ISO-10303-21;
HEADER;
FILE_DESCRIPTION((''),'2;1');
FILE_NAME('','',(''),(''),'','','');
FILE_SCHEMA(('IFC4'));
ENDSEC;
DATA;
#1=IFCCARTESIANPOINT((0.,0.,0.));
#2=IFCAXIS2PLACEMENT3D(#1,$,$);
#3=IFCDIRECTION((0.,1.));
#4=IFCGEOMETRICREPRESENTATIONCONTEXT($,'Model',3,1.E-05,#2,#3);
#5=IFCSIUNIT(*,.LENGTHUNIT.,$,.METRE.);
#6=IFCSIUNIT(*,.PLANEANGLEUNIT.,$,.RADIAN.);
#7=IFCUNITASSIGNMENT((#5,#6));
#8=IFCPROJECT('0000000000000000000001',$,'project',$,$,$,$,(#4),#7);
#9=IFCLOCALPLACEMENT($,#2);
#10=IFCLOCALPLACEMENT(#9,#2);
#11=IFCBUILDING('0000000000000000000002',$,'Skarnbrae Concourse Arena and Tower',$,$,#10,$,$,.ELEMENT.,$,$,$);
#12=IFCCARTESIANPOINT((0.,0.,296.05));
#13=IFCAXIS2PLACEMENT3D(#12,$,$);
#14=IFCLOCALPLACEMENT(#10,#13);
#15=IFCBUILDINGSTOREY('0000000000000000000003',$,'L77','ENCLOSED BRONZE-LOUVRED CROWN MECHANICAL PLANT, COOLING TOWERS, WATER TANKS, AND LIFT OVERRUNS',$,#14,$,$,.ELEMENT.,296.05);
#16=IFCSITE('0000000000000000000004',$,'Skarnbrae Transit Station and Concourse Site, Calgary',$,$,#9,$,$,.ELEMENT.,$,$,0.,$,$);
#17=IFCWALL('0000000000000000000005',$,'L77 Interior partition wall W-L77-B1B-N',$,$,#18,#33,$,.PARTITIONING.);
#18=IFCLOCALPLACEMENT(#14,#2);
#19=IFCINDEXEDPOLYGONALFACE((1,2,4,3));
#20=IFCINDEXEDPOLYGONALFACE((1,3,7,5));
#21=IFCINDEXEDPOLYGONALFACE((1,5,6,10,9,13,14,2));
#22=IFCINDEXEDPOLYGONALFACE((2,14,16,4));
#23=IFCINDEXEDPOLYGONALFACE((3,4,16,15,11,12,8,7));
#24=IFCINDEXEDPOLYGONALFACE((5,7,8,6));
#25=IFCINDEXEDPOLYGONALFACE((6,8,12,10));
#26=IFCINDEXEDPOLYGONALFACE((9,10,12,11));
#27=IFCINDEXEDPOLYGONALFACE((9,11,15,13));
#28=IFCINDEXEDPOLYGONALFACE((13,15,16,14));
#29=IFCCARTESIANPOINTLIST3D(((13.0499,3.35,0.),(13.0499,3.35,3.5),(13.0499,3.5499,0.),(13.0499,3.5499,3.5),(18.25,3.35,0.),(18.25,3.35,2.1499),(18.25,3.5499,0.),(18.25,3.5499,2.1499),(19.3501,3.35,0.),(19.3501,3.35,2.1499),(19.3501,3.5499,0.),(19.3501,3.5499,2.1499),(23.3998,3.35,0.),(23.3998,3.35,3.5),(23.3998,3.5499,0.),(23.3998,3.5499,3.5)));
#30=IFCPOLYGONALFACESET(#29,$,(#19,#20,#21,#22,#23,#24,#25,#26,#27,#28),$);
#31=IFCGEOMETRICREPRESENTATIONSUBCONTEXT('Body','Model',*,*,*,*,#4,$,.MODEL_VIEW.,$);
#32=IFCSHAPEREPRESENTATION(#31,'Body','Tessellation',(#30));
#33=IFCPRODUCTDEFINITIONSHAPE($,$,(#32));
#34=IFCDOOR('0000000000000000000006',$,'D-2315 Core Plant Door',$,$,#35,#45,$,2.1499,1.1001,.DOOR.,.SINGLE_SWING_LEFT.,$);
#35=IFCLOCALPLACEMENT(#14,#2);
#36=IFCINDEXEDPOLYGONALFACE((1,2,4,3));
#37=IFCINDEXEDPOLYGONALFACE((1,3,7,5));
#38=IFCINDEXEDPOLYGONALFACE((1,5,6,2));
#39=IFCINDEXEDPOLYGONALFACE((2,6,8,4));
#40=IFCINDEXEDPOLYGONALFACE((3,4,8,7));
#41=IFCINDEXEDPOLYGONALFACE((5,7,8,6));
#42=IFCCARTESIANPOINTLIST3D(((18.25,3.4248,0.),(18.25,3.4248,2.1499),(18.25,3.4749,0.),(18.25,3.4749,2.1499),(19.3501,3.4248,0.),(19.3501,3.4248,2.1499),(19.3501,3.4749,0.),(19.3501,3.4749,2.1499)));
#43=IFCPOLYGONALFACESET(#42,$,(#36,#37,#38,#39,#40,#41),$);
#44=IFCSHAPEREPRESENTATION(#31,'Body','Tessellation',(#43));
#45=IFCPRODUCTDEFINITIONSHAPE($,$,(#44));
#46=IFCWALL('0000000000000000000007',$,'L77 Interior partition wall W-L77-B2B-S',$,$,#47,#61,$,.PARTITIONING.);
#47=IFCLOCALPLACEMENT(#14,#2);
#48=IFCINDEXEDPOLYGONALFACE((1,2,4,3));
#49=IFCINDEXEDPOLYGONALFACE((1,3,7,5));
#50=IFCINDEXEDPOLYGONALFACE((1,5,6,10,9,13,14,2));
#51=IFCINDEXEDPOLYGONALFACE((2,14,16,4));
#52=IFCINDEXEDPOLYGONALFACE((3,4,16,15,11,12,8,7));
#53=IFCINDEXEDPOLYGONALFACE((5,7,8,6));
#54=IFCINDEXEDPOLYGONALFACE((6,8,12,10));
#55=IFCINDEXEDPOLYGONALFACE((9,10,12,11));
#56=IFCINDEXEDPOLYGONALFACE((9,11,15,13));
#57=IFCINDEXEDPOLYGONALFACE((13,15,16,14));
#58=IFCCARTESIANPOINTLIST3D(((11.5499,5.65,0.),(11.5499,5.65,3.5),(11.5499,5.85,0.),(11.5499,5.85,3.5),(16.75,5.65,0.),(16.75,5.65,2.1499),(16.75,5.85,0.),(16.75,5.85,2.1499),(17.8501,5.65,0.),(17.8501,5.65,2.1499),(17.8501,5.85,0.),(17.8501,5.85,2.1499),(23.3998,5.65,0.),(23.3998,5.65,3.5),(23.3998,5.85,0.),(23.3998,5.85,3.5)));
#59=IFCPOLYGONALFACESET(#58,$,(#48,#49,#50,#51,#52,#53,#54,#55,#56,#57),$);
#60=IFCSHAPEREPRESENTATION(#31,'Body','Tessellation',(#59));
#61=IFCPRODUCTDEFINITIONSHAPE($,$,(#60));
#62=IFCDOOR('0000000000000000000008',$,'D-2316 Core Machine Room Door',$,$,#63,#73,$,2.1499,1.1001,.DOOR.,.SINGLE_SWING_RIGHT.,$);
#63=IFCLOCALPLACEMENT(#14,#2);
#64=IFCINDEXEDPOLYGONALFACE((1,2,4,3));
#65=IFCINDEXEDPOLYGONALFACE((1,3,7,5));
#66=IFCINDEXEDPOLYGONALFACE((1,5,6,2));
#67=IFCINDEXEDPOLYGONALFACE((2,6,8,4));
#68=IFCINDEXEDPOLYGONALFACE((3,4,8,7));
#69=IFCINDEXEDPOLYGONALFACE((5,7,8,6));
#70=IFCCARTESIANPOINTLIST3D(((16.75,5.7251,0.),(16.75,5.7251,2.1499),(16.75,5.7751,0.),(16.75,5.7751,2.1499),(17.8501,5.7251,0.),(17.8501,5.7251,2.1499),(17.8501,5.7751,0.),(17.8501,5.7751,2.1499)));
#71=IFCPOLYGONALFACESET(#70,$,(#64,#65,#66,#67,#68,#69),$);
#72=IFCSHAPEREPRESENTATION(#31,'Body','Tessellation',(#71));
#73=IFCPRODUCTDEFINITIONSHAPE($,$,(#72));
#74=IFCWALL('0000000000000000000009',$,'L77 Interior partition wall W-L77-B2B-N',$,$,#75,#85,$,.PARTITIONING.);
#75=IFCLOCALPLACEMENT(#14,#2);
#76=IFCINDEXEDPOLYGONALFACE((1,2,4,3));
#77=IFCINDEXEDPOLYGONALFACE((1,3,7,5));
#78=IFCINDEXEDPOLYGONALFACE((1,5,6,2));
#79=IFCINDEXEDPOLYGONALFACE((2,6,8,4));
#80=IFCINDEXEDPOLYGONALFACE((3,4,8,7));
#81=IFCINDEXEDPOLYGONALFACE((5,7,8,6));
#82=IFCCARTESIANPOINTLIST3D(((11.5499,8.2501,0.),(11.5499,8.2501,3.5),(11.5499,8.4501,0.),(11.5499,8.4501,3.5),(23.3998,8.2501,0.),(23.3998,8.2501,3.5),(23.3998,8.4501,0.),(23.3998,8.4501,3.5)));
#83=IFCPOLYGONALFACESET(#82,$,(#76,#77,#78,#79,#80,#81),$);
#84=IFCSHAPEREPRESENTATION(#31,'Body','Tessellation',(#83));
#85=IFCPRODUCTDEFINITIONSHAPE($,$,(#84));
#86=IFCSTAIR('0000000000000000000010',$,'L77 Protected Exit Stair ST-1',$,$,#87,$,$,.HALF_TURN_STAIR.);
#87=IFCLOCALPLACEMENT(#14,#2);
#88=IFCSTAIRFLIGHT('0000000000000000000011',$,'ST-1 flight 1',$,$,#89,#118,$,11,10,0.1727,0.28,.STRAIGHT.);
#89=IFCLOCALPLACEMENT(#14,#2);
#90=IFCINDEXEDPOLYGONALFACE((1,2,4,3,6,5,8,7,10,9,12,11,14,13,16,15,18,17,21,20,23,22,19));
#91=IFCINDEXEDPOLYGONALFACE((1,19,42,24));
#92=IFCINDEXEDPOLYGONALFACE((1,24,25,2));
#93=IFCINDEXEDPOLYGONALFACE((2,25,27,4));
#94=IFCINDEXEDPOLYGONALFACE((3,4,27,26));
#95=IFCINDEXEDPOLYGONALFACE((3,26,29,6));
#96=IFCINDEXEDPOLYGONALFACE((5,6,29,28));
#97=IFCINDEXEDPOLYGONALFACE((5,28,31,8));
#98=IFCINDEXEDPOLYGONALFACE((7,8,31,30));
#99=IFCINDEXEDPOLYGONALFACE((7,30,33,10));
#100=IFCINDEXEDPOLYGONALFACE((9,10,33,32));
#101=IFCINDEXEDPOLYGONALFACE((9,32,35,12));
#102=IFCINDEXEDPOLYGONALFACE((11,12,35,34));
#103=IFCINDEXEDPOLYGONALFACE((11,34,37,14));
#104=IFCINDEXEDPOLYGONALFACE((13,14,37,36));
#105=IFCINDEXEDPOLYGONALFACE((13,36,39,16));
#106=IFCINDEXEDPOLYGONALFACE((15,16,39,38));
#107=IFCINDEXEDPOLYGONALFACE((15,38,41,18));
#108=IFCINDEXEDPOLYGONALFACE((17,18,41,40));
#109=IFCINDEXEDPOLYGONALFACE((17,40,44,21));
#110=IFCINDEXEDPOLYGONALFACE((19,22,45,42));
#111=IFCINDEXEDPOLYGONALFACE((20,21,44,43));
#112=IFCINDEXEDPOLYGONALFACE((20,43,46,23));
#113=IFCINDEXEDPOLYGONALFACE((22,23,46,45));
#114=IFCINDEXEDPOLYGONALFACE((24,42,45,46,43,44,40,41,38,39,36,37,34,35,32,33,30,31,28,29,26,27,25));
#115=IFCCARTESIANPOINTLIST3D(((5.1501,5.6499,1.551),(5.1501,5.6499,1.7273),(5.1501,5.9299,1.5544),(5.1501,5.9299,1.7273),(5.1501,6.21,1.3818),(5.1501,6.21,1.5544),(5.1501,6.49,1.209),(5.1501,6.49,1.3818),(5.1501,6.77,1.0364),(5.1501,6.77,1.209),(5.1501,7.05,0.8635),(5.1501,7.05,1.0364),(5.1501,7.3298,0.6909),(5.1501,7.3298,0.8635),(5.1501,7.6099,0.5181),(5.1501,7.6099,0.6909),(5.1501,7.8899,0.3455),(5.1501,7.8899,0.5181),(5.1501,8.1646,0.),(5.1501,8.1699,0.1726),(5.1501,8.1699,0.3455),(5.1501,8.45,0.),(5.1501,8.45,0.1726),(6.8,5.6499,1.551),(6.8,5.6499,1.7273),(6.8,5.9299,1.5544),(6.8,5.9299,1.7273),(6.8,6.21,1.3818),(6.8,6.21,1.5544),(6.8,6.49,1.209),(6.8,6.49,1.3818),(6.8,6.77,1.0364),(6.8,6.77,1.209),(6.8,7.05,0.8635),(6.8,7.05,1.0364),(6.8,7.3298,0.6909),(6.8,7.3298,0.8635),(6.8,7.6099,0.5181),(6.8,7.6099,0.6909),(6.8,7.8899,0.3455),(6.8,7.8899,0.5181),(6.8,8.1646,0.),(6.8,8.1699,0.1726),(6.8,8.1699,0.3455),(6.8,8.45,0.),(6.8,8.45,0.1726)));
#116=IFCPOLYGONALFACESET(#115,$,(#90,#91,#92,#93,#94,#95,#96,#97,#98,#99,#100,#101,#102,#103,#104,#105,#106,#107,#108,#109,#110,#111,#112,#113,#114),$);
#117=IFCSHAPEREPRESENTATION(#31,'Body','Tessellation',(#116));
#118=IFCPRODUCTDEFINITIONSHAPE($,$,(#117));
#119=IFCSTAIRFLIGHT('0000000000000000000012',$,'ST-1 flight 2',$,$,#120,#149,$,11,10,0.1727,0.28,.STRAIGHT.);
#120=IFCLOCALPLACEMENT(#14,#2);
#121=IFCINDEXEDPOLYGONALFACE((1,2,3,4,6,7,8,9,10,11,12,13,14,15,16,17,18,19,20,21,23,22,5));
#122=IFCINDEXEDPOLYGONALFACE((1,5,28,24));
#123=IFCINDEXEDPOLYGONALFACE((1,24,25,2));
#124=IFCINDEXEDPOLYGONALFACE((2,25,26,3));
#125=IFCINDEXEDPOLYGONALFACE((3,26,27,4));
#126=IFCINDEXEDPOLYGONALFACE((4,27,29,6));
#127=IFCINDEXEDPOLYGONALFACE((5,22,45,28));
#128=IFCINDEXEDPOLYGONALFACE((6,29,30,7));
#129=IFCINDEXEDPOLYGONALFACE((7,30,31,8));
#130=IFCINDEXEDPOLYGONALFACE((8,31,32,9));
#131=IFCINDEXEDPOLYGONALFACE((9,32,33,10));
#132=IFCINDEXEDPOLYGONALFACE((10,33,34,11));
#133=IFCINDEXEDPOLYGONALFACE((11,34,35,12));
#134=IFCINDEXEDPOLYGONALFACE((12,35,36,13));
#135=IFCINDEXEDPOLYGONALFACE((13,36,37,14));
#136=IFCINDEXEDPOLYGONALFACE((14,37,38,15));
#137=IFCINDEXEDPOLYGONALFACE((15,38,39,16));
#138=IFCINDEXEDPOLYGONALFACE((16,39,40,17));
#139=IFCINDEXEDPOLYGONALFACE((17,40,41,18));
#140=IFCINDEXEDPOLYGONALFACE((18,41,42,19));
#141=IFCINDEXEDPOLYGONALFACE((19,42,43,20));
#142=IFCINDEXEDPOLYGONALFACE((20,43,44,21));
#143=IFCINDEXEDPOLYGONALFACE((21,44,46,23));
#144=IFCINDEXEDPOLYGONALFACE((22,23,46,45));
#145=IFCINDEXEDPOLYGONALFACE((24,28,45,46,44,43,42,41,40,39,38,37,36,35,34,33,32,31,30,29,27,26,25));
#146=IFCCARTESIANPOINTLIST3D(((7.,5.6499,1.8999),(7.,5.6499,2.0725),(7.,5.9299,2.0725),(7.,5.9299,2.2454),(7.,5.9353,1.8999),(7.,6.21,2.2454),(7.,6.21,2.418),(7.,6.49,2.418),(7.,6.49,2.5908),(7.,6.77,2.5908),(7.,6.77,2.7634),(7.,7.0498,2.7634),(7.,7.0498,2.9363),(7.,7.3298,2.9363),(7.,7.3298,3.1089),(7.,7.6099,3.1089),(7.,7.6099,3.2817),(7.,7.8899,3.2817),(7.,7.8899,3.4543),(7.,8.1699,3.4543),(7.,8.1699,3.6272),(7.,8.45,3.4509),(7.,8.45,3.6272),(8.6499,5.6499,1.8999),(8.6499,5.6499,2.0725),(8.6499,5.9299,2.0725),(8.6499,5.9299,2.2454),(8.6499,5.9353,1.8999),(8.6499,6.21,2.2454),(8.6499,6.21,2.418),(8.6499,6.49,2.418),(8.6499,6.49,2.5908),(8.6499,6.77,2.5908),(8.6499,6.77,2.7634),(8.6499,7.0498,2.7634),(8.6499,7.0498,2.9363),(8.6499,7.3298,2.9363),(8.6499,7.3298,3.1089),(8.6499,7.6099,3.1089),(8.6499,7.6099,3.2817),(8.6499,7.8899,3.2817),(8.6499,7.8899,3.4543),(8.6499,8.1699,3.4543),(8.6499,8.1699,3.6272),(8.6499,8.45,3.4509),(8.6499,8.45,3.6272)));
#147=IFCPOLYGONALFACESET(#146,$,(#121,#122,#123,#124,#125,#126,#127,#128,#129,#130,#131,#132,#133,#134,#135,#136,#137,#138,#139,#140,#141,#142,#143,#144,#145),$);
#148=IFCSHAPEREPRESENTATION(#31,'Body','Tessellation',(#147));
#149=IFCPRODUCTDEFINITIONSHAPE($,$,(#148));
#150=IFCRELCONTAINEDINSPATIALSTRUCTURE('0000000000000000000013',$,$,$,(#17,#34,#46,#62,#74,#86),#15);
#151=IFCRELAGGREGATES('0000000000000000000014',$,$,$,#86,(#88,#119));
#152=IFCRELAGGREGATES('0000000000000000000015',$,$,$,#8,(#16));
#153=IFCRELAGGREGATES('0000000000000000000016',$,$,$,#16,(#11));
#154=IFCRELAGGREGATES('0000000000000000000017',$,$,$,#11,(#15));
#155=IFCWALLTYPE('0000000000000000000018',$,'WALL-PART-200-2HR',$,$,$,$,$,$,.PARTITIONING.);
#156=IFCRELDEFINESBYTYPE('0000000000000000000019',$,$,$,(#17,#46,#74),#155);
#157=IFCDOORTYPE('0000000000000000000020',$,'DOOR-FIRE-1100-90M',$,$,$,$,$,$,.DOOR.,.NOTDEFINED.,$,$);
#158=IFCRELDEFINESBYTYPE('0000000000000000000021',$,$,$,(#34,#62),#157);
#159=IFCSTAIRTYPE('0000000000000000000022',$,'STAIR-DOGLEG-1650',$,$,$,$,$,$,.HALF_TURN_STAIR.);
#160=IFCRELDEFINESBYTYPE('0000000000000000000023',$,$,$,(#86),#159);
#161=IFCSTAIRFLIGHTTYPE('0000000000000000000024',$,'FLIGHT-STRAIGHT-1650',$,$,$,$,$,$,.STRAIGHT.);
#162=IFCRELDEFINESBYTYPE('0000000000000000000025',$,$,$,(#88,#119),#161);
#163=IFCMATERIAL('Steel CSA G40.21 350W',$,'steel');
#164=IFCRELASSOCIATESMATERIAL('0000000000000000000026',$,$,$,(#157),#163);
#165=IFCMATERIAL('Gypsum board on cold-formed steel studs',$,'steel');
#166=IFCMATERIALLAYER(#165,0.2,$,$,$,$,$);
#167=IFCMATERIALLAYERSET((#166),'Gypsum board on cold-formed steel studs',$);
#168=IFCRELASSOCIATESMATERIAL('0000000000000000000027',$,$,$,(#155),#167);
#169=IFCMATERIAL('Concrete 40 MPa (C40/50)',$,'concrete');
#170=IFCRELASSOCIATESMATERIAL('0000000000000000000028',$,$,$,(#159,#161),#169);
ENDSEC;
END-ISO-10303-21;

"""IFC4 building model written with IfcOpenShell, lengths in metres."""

from ifc_helpers import new_model, si_unit, direction, frame, frame_2d, origin, place, context, subcontext, project, spatial, polyline, rectangle, outline, extrude, source, transform, mapped, material, layer, layer_set, type_object, element, fill, aggregate, save


model = new_model("IFC4")

# Units and contexts
model_context = context("Model", 3, precision=1e-05, world=origin(), true_north=direction((0.0, 1.0)))
body_context = subcontext(model_context, "Body", "Model", "MODEL_VIEW")
ifc_project = project(units=[si_unit("LENGTHUNIT", "METRE"), si_unit("PLANEANGLEUNIT", "RADIAN")], contexts=[model_context])

# Site, building, storey
site_placement = place(None, origin())
site = spatial("IfcSite", under=ifc_project, at=site_placement, Name="Skarnbrae Transit Station and Concourse Site, Calgary", CompositionType="ELEMENT", RefElevation=0.0)
building_placement = place(site_placement, origin())
building = spatial("IfcBuilding", under=site, at=building_placement, Name="Skarnbrae Concourse Arena and Tower", CompositionType="ELEMENT")
storey_placement = place(building_placement, frame((0.0, 0.0, 296.05)))
storey = spatial("IfcBuildingStorey", under=building, at=storey_placement, Name="L77", Description="ENCLOSED BRONZE-LOUVRED CROWN MECHANICAL PLANT, COOLING TOWERS, WATER TANKS, AND LIFT OVERRUNS", CompositionType="ELEMENT", Elevation=296.05)

# Shared definitions
ifc_material_1 = material(Name="Steel CSA G40.21 350W", Category="steel")

# Shared definitions
door_type_1 = type_object("IfcDoorType", Name="DOOR-FIRE-1100-90M", OperationType="NOTDEFINED", PredefinedType="DOOR", material=ifc_material_1)
shared_shape_1 = source(origin(), body_context, "Body", "SweptSolid", [
    extrude(rectangle(XDim=1.1001, YDim=2.1499, at=frame_2d((0.55, 1.075))), frame((0.0, 0.0249, 0.0), z_axis=(0.0, -1.0, 0.0), x_axis=(1.0, 0.0, 0.0)), (0.0, 0.0, 1.0), 0.05),
])

# Shared definitions
ifc_material_2 = material(Name="Gypsum board on cold-formed steel studs", Category="steel")
ifc_layer_1 = layer(ifc_material_2, 0.2)
ifc_layer_set_1 = layer_set([ifc_layer_1], Name="Gypsum board on cold-formed steel studs")
wall_type_1 = type_object("IfcWallType", Name="WALL-PART-200-2HR", PredefinedType="PARTITIONING", material=ifc_layer_set_1)

# Walls, openings, doors
shared_shape_2 = source(origin(), body_context, "Body", "SweptSolid", [
    extrude(rectangle(XDim=10.3499, YDim=0.2, at=frame_2d((5.1748, 0.0))), origin(), (0.0, 0.0, 1.0), 3.5),
])
wall_1_placement = place(storey_placement, frame((13.05, 3.45, 0.0), z_axis=(0.0, 0.0, 1.0), x_axis=(1.0, 0.0, 0.0)))
wall_1 = element("IfcWall", 1, at=wall_1_placement, inside=storey, type_object=wall_type_1, Name="L77 Interior partition wall W-L77-B1B-N", PredefinedType="PARTITIONING", context=body_context, shape_type="MappedRepresentation", body=[
    mapped(shared_shape_2, transform((0.0, 0.0, 0.0))),
])
opening_1_placement = place(wall_1_placement, frame((5.2, 0.0, 0.0)))
opening_1 = element("IfcOpeningElement", 2, at=opening_1_placement, cuts=wall_1, PredefinedType="OPENING", context=body_context, shape_type="SweptSolid", body=[
    extrude(rectangle(XDim=1.1001, YDim=2.1499, at=frame_2d((0.55, 1.075))), frame((0.0, 0.1099, 0.0), z_axis=(0.0, -1.0, 0.0), x_axis=(1.0, 0.0, 0.0)), (0.0, 0.0, 1.0), 0.22),
])
door_1_placement = place(opening_1_placement, origin())
door_1 = element("IfcDoor", 3, at=door_1_placement, inside=storey, type_object=door_type_1, Name="D-2315 Core Plant Door", OperationType="SINGLE_SWING_LEFT", OverallHeight=2.1499, OverallWidth=1.1001, PredefinedType="DOOR", context=body_context, shape_type="MappedRepresentation", body=[
    mapped(shared_shape_1, transform((0.0, 0.0, 0.0))),
])
fill(opening_1, door_1)
shared_shape_3 = source(origin(), body_context, "Body", "SweptSolid", [
    extrude(rectangle(XDim=11.8499, YDim=0.2, at=frame_2d((5.9248, 0.0))), origin(), (0.0, 0.0, 1.0), 3.5),
])
wall_2_placement = place(storey_placement, frame((11.55, 5.75, 0.0), z_axis=(0.0, 0.0, 1.0), x_axis=(1.0, 0.0, 0.0)))
wall_2 = element("IfcWall", 4, at=wall_2_placement, inside=storey, type_object=wall_type_1, Name="L77 Interior partition wall W-L77-B2B-S", PredefinedType="PARTITIONING", context=body_context, shape_type="MappedRepresentation", body=[
    mapped(shared_shape_3, transform((0.0, 0.0, 0.0))),
])
opening_2_placement = place(wall_2_placement, frame((5.2, 0.0, 0.0)))
opening_2 = element("IfcOpeningElement", 5, at=opening_2_placement, cuts=wall_2, PredefinedType="OPENING", context=body_context, shape_type="SweptSolid", body=[
    extrude(rectangle(XDim=1.1001, YDim=2.1499, at=frame_2d((0.55, 1.075))), frame((0.0, 0.1099, 0.0), z_axis=(0.0, -1.0, 0.0), x_axis=(1.0, 0.0, 0.0)), (0.0, 0.0, 1.0), 0.22),
])
door_2_placement = place(opening_2_placement, frame((1.1001, 0.0, 0.0), z_axis=(0.0, 0.0, 1.0), x_axis=(-1.0, 0.0, 0.0)))
door_2 = element("IfcDoor", 6, at=door_2_placement, inside=storey, type_object=door_type_1, Name="D-2316 Core Machine Room Door", OperationType="SINGLE_SWING_RIGHT", OverallHeight=2.1499, OverallWidth=1.1001, PredefinedType="DOOR", context=body_context, shape_type="MappedRepresentation", body=[
    mapped(shared_shape_1, transform((0.0, 0.0, 0.0))),
])
fill(opening_2, door_2)

# Wall
wall_3_placement = place(storey_placement, frame((11.55, 8.3501, 0.0), z_axis=(0.0, 0.0, 1.0), x_axis=(1.0, 0.0, 0.0)))
element("IfcWall", 7, at=wall_3_placement, inside=storey, type_object=wall_type_1, Name="L77 Interior partition wall W-L77-B2B-N", PredefinedType="PARTITIONING", context=body_context, shape_type="MappedRepresentation", body=[
    mapped(shared_shape_3, transform((0.0, 0.0, 0.0))),
])

# Stair, stair flights
ifc_material_3 = material(Name="Concrete 40 MPa (C40/50)", Category="concrete")
stair_type = type_object("IfcStairType", Name="STAIR-DOGLEG-1650", PredefinedType="HALF_TURN_STAIR", material=ifc_material_3)
stair_placement = place(storey_placement, origin())
stair = element("IfcStair", 8, at=stair_placement, inside=storey, type_object=stair_type, Name="L77 Protected Exit Stair ST-1", PredefinedType="HALF_TURN_STAIR")
stair_flight_type = type_object("IfcStairFlightType", Name="FLIGHT-STRAIGHT-1650", PredefinedType="STRAIGHT", material=ifc_material_3)
shared_shape_4 = source(origin(), body_context, "Body", "SweptSolid", [
    extrude(outline(polyline([(0.0, 0.0), (0.0, 0.1726), (0.28, 0.1726), (0.28, 0.3455), (0.5601, 0.3455), (0.5601, 0.5181), (0.8401, 0.5181), (0.8401, 0.6909), (1.1201, 0.6909), (1.1201, 0.8635), (1.3999, 0.8635), (1.3999, 1.0364), (1.6799, 1.0364), (1.6799, 1.209), (1.96, 1.209), (1.96, 1.3818), (2.24, 1.3818), (2.24, 1.5544), (2.52, 1.5544), (2.52, 1.7273), (2.8, 1.7273), (2.8, 1.8999), (2.8, 1.551), (0.2854, 0.0), (0.0, 0.0)])), frame((0.0, 0.825, 0.0), z_axis=(0.0, -1.0, 0.0), x_axis=(1.0, 0.0, 0.0)), (0.0, 0.0, 1.0), 1.6499),
])
stair_flight_1_placement = place(storey_placement, frame((5.9751, 8.45, 0.0), z_axis=(0.0, 0.0, 1.0), x_axis=(0.0, -1.0, 0.0)))
stair_flight_1 = element("IfcStairFlight", 9, at=stair_flight_1_placement, type_object=stair_flight_type, Name="ST-1 flight 1", NumberOfRisers=11, NumberOfTreads=10, PredefinedType="STRAIGHT", RiserHeight=0.1727, TreadLength=0.28, context=body_context, shape_type="MappedRepresentation", body=[
    mapped(shared_shape_4, transform((0.0, 0.0, 0.0))),
])
stair_flight_2_placement = place(storey_placement, frame((7.825, 5.6499, 1.8999), z_axis=(0.0, 0.0, 1.0), x_axis=(0.0, 1.0, 0.0)))
stair_flight_2 = element("IfcStairFlight", 10, at=stair_flight_2_placement, type_object=stair_flight_type, Name="ST-1 flight 2", NumberOfRisers=11, NumberOfTreads=10, PredefinedType="STRAIGHT", RiserHeight=0.1727, TreadLength=0.28, context=body_context, shape_type="MappedRepresentation", body=[
    mapped(shared_shape_4, transform((0.0, 0.0, 0.0))),
])
aggregate(stair, [stair_flight_1, stair_flight_2])

save(model, "model.ifc")
